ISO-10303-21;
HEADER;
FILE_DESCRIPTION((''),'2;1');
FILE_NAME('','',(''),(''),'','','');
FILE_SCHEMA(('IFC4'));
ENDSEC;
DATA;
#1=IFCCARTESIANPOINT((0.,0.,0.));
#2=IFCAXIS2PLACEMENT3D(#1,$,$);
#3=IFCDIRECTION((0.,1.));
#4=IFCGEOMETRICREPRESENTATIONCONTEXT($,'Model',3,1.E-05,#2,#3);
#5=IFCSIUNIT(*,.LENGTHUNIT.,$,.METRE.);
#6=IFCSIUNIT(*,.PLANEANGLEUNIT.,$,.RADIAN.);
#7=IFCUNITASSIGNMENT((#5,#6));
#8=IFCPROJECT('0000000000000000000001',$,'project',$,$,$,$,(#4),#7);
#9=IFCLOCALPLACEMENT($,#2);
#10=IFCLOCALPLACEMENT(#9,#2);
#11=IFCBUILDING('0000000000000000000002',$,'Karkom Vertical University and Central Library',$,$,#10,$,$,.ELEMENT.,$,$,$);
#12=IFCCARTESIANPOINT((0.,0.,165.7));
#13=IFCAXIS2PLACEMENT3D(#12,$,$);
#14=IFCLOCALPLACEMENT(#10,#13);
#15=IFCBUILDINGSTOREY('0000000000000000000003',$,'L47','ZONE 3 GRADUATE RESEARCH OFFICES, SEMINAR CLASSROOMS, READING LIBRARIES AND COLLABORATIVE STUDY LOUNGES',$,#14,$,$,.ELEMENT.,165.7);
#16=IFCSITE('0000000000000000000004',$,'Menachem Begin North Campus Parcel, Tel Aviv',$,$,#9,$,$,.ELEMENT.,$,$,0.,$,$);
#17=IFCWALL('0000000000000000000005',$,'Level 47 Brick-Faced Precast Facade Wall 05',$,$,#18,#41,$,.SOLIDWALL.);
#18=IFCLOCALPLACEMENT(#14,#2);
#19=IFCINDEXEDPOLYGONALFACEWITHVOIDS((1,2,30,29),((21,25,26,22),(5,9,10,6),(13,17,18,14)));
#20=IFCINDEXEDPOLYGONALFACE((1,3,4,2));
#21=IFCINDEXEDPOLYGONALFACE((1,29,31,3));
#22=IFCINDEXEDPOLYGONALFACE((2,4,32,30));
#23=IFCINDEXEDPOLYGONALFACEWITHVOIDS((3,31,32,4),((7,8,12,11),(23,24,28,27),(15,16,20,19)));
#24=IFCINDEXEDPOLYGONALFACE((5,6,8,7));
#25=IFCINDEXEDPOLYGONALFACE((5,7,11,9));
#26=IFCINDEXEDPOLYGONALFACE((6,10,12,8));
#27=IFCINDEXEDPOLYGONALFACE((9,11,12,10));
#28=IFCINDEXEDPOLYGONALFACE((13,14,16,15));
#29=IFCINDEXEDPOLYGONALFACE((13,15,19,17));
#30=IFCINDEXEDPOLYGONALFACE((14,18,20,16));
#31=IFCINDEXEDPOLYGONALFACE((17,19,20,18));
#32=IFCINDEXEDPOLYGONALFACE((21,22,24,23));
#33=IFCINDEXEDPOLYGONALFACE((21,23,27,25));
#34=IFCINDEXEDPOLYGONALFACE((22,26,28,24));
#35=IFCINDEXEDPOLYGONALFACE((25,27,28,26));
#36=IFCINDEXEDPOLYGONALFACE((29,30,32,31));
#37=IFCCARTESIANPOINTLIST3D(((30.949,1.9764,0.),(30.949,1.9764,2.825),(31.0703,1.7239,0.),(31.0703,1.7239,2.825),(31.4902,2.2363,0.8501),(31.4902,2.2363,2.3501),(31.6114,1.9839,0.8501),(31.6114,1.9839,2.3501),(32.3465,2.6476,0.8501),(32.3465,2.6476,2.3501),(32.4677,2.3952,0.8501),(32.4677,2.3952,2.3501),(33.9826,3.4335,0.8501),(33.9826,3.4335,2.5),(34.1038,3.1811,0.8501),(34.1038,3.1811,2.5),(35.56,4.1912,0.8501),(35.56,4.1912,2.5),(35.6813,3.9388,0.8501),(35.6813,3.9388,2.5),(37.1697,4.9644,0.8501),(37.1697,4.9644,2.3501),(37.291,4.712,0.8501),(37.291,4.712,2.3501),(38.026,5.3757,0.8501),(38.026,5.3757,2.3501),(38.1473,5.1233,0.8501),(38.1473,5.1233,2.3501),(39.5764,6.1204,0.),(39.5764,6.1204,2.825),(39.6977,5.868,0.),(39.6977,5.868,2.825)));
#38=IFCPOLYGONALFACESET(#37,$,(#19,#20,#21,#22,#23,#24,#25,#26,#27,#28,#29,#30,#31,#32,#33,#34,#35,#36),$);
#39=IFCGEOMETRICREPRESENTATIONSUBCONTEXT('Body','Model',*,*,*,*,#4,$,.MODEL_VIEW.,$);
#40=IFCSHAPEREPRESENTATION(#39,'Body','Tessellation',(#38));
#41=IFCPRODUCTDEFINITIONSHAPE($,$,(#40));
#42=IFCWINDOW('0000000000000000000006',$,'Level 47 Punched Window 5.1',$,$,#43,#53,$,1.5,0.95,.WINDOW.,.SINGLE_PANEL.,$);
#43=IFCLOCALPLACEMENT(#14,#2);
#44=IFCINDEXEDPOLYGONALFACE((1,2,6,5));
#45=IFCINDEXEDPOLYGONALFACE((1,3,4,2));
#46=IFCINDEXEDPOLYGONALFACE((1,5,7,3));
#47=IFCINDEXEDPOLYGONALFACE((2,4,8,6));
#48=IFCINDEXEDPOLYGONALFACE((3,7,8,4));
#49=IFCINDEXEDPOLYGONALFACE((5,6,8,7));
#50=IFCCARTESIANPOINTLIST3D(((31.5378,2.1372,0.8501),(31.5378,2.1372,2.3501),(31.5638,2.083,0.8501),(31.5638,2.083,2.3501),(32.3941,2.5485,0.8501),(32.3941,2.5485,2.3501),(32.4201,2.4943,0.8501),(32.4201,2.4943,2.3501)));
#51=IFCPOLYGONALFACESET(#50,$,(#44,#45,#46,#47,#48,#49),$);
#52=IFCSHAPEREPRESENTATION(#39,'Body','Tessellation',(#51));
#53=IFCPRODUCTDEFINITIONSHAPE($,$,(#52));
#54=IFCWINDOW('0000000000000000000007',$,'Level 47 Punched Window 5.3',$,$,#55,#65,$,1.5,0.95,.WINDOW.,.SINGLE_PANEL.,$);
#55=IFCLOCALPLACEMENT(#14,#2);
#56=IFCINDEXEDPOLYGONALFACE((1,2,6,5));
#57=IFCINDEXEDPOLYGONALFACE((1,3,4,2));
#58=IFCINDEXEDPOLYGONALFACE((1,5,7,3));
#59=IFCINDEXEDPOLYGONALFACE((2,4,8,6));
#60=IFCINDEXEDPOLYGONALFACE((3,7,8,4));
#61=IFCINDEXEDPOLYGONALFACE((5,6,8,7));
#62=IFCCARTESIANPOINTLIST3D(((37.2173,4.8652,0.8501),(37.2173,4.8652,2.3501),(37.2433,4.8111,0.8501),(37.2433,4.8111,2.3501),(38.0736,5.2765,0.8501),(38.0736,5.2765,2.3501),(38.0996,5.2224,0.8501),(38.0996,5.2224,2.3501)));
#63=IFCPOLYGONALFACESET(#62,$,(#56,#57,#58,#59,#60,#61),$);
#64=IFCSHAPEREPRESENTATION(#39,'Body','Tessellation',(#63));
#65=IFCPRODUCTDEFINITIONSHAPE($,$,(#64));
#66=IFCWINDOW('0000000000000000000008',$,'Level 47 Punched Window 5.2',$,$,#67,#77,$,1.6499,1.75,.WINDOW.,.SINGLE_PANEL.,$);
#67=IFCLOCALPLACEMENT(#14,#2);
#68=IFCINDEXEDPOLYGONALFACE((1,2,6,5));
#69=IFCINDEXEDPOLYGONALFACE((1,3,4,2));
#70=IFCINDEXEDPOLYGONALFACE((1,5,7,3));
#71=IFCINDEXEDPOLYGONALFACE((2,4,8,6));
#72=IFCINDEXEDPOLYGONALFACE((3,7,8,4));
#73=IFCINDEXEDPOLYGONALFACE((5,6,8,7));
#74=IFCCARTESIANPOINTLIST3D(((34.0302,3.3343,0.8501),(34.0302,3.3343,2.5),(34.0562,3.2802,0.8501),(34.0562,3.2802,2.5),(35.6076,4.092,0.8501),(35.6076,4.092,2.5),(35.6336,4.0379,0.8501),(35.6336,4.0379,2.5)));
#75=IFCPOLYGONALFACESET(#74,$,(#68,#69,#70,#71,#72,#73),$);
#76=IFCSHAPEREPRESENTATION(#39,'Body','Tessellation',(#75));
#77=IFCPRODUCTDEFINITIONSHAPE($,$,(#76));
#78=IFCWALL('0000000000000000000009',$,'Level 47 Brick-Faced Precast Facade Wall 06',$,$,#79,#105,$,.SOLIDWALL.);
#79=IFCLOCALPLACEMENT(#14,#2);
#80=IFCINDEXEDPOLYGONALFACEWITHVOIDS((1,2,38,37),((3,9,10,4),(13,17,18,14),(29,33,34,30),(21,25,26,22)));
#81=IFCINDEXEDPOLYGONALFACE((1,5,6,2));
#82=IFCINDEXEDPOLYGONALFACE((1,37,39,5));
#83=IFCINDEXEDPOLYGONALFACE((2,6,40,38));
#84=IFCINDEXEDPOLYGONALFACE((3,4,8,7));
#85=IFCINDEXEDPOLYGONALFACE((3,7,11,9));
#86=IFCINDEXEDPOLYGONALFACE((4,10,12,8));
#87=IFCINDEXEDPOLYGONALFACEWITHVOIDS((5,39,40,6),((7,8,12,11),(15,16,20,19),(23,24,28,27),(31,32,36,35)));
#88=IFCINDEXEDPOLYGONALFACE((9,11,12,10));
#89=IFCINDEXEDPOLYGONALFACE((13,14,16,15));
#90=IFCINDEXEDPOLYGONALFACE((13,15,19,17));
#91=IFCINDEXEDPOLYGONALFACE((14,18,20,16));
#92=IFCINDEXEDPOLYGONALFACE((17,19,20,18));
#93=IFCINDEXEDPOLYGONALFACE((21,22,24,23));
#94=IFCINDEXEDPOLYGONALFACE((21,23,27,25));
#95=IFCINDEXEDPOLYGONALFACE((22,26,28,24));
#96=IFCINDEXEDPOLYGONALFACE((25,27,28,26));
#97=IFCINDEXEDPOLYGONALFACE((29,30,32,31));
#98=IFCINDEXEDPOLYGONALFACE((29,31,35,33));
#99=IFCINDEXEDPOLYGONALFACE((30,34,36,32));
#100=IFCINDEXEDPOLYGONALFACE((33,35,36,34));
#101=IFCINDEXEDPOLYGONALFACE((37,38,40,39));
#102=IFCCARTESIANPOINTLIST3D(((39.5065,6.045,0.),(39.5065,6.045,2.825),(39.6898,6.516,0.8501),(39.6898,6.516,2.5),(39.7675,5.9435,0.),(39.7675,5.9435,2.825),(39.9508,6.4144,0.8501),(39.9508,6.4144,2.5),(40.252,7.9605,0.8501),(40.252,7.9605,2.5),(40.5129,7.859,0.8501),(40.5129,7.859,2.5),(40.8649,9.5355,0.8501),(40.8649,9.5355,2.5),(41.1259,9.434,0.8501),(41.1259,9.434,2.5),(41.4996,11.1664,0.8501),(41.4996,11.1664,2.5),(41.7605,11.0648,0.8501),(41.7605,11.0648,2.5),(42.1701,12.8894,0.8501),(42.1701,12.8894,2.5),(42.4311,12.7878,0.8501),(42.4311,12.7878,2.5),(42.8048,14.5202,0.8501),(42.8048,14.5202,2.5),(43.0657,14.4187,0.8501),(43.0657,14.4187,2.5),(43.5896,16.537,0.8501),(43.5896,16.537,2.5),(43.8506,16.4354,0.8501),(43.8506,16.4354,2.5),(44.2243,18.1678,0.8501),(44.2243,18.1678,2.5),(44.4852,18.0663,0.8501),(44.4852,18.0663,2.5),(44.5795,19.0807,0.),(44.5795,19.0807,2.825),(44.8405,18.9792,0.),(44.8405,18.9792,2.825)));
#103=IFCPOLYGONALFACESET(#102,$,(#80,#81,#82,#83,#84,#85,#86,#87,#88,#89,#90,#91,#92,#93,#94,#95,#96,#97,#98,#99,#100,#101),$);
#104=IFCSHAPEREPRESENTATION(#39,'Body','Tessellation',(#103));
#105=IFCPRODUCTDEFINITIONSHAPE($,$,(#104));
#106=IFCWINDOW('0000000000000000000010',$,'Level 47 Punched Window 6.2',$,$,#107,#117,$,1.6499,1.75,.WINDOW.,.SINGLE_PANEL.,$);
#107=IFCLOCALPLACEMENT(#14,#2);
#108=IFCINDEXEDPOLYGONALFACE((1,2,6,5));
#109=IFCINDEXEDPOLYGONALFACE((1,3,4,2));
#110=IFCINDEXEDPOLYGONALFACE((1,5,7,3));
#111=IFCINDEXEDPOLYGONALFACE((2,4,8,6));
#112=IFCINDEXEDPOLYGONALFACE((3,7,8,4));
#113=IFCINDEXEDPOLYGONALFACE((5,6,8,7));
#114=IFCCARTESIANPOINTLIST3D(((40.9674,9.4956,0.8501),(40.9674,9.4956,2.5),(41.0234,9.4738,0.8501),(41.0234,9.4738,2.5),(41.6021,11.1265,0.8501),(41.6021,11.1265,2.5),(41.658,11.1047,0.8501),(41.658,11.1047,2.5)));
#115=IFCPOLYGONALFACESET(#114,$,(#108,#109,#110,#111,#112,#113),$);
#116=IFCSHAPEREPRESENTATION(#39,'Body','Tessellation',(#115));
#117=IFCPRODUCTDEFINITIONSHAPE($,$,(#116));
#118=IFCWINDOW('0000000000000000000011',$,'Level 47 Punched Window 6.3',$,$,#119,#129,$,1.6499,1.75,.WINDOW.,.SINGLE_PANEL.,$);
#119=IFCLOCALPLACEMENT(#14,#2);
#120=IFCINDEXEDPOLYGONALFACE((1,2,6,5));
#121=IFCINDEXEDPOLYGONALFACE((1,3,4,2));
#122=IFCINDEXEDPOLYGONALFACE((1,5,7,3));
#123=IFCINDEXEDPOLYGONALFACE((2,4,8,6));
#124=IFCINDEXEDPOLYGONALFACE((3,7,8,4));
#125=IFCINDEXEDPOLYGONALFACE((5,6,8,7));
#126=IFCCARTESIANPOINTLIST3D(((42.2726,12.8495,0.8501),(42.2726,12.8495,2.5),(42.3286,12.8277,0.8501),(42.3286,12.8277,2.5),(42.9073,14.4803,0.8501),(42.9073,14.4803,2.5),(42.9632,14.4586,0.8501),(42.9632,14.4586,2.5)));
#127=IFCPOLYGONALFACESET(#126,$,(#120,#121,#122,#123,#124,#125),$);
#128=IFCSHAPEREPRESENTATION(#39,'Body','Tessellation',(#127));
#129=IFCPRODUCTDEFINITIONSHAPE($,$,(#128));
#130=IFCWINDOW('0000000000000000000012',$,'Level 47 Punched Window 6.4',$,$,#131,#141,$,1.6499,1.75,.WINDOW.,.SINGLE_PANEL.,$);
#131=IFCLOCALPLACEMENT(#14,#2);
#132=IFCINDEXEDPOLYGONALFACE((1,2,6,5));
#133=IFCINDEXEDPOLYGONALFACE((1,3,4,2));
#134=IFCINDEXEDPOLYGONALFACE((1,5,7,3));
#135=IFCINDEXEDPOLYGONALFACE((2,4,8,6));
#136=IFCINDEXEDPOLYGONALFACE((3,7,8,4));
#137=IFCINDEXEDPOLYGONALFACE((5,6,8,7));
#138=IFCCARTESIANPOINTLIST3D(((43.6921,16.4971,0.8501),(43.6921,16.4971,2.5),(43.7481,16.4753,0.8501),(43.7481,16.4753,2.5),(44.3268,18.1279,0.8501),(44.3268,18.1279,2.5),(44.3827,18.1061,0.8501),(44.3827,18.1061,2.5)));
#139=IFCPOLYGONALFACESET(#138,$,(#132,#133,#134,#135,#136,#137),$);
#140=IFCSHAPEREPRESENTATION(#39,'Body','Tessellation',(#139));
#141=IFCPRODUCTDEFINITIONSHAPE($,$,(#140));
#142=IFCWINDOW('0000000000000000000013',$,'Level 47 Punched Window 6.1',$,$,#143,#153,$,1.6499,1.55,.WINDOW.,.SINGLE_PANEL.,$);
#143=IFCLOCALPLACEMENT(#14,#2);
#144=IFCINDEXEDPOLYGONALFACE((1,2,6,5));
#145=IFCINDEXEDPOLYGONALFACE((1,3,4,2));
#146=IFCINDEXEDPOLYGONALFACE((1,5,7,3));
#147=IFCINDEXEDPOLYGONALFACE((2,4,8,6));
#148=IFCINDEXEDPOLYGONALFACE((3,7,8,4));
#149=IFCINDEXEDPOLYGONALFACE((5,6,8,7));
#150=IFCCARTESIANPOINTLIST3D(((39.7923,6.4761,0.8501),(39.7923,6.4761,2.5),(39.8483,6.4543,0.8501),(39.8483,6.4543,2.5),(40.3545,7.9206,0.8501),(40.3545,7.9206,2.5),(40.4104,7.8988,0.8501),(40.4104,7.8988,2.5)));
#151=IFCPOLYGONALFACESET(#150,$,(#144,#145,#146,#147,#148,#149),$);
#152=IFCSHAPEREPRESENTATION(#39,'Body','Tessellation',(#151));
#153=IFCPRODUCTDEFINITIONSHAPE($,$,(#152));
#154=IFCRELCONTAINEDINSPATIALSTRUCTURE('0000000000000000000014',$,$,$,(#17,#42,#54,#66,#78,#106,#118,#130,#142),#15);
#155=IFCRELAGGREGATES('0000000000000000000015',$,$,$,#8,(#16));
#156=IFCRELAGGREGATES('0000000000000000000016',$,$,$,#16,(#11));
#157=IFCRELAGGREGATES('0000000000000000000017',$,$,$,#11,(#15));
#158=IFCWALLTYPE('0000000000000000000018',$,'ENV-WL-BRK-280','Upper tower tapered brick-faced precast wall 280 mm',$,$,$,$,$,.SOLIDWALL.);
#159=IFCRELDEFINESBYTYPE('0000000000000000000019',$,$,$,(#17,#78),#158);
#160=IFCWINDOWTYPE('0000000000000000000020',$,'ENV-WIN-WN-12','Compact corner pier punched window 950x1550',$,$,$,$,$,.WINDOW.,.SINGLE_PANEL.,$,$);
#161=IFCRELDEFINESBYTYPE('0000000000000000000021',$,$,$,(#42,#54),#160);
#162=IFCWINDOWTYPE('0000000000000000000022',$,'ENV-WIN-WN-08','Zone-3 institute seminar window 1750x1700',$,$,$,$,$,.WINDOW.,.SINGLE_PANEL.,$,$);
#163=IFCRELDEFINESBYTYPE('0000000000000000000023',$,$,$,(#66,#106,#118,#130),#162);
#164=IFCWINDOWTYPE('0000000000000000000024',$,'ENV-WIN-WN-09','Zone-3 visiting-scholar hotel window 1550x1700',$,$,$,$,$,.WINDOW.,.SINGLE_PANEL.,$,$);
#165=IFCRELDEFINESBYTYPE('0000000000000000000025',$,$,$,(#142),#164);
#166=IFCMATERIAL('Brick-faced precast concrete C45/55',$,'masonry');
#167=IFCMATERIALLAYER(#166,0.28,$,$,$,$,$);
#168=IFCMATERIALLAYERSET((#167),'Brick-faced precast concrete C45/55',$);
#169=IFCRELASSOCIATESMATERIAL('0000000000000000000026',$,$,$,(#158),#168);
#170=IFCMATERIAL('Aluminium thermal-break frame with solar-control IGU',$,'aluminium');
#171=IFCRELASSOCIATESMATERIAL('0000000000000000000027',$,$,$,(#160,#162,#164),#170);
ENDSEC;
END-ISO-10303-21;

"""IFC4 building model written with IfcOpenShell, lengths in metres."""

from ifc_helpers import new_model, si_unit, direction, frame, frame_2d, origin, origin_with_axes, place, context, subcontext, project, spatial, rectangle, extrude, source, transform, mapped, material, layer, layer_set, type_object, element, fill, save


model = new_model("IFC4")

# Units and contexts
model_context = context("Model", 3, precision=1e-05, world=origin(), true_north=direction((0.0, 1.0)))
body_context = subcontext(model_context, "Body", "Model", "MODEL_VIEW")
ifc_project = project(units=[si_unit("LENGTHUNIT", "METRE"), si_unit("PLANEANGLEUNIT", "RADIAN")], contexts=[model_context])

# Site, building, storey
site_placement = place(None, origin())
site = spatial("IfcSite", under=ifc_project, at=site_placement, Name="Menachem Begin North Campus Parcel, Tel Aviv", CompositionType="ELEMENT", RefElevation=0.0)
building_placement = place(site_placement, origin())
building = spatial("IfcBuilding", under=site, at=building_placement, Name="Karkom Vertical University and Central Library", CompositionType="ELEMENT")
storey_placement = place(building_placement, frame((0.0, 0.0, 165.7)))
storey = spatial("IfcBuildingStorey", under=building, at=storey_placement, Name="L47", Description="ZONE 3 GRADUATE RESEARCH OFFICES, SEMINAR CLASSROOMS, READING LIBRARIES AND COLLABORATIVE STUDY LOUNGES", CompositionType="ELEMENT", Elevation=165.7)

# Walls, openings, windows
ifc_material_1 = material(Name="Brick-faced precast concrete C45/55", Category="masonry")
ifc_layer_1 = layer(ifc_material_1, 0.28)
ifc_layer_set_1 = layer_set([ifc_layer_1], Name="Brick-faced precast concrete C45/55")
wall_type_1 = type_object("IfcWallType", Name="ENV-WL-BRK-280", Description="Upper tower tapered brick-faced precast wall 280 mm", PredefinedType="SOLIDWALL", material=ifc_layer_set_1)
wall_1_placement = place(storey_placement, frame((31.0095, 1.8501, 0.0), z_axis=(0.0, 0.0, 1.0), x_axis=(0.901406, 0.432975, 0.0)))
wall_1 = element("IfcWall", 1, at=wall_1_placement, inside=storey, type_object=wall_type_1, Name="Level 47 Brick-Faced Precast Facade Wall 05", PredefinedType="SOLIDWALL", context=body_context, shape_type="SweptSolid", body=[
    extrude(rectangle(XDim=9.571, YDim=0.28, at=frame_2d((4.7856, 0.0))), origin(), (0.0, 0.0, 1.0), 2.825),
])
opening_1_placement = place(wall_1_placement, frame((0.6003, 0.0, 0.8501)))
opening_1 = element("IfcOpeningElement", 2, at=opening_1_placement, cuts=wall_1, PredefinedType="OPENING", context=body_context, shape_type="SweptSolid", body=[
    extrude(rectangle(XDim=0.95, YDim=1.5, at=frame_2d((0.4751, 0.75))), frame((0.0, 0.1499, 0.0), z_axis=(0.0, -1.0, 0.0), x_axis=(1.0, 0.0, 0.0)), (0.0, 0.0, 1.0), 0.3),
])
opening_2_placement = place(wall_1_placement, frame((3.3655, 0.0, 0.8501)))
opening_2 = element("IfcOpeningElement", 3, at=opening_2_placement, cuts=wall_1, PredefinedType="OPENING", context=body_context, shape_type="SweptSolid", body=[
    extrude(rectangle(XDim=1.75, YDim=1.6499, at=frame_2d((0.875, 0.825))), frame((0.0, 0.1499, 0.0), z_axis=(0.0, -1.0, 0.0), x_axis=(1.0, 0.0, 0.0)), (0.0, 0.0, 1.0), 0.3),
])
opening_3_placement = place(wall_1_placement, frame((6.9011, 0.0, 0.8501)))
opening_3 = element("IfcOpeningElement", 4, at=opening_3_placement, cuts=wall_1, PredefinedType="OPENING", context=body_context, shape_type="SweptSolid", body=[
    extrude(rectangle(XDim=0.95, YDim=1.5, at=frame_2d((0.4751, 0.75))), frame((0.0, 0.1499, 0.0), z_axis=(0.0, -1.0, 0.0), x_axis=(1.0, 0.0, 0.0)), (0.0, 0.0, 1.0), 0.3),
])
ifc_material_2 = material(Name="Aluminium thermal-break frame with solar-control IGU", Category="aluminium")
window_type_1 = type_object("IfcWindowType", Name="ENV-WIN-WN-12", Description="Compact corner pier punched window 950x1550", PartitioningType="SINGLE_PANEL", PredefinedType="WINDOW", material=ifc_material_2)
shared_shape_1 = source(origin_with_axes(), body_context, "Body", "SweptSolid", [
    extrude(rectangle(XDim=0.95, YDim=1.5, at=frame_2d((0.4751, 0.75))), frame((0.0, 0.03, 0.0), z_axis=(0.0, -1.0, 0.0), x_axis=(1.0, 0.0, 0.0)), (0.0, 0.0, 1.0), 0.0601),
])
window_1_placement = place(opening_1_placement, origin())
window_1 = element("IfcWindow", 5, at=window_1_placement, inside=storey, type_object=window_type_1, Name="Level 47 Punched Window 5.1", OverallHeight=1.5, OverallWidth=0.95, PartitioningType="SINGLE_PANEL", PredefinedType="WINDOW", context=body_context, shape_type="MappedRepresentation", body=[
    mapped(shared_shape_1, transform((0.0, 0.0, 0.0), scale=1.0)),
])
fill(opening_1, window_1)
window_2_placement = place(opening_3_placement, origin())
window_2 = element("IfcWindow", 6, at=window_2_placement, inside=storey, type_object=window_type_1, Name="Level 47 Punched Window 5.3", OverallHeight=1.5, OverallWidth=0.95, PartitioningType="SINGLE_PANEL", PredefinedType="WINDOW", context=body_context, shape_type="MappedRepresentation", body=[
    mapped(shared_shape_1, transform((0.0, 0.0, 0.0), scale=1.0)),
])
fill(opening_3, window_2)
window_type_2 = type_object("IfcWindowType", Name="ENV-WIN-WN-08", Description="Zone-3 institute seminar window 1750x1700", PartitioningType="SINGLE_PANEL", PredefinedType="WINDOW", material=ifc_material_2)
shared_shape_2 = source(origin_with_axes(), body_context, "Body", "SweptSolid", [
    extrude(rectangle(XDim=1.75, YDim=1.6499, at=frame_2d((0.875, 0.825))), frame((0.0, 0.03, 0.0), z_axis=(0.0, -1.0, 0.0), x_axis=(1.0, 0.0, 0.0)), (0.0, 0.0, 1.0), 0.0601),
])
window_3_placement = place(opening_2_placement, origin())
window_3 = element("IfcWindow", 7, at=window_3_placement, inside=storey, type_object=window_type_2, Name="Level 47 Punched Window 5.2", OverallHeight=1.6499, OverallWidth=1.75, PartitioningType="SINGLE_PANEL", PredefinedType="WINDOW", context=body_context, shape_type="MappedRepresentation", body=[
    mapped(shared_shape_2, transform((0.0, 0.0, 0.0), scale=1.0)),
])
fill(opening_2, window_3)
wall_2_placement = place(storey_placement, frame((39.637, 5.9941, 0.0), z_axis=(0.0, 0.0, 1.0), x_axis=(0.362669, 0.931918, 0.0)))
wall_2 = element("IfcWall", 8, at=wall_2_placement, inside=storey, type_object=wall_type_1, Name="Level 47 Brick-Faced Precast Facade Wall 06", PredefinedType="SOLIDWALL", context=body_context, shape_type="SweptSolid", body=[
    extrude(rectangle(XDim=13.988, YDim=0.28, at=frame_2d((6.9941, 0.0))), origin(), (0.0, 0.0, 1.0), 2.825),
])
opening_4_placement = place(wall_2_placement, frame((0.5056, 0.0, 0.8501)))
opening_4 = element("IfcOpeningElement", 9, at=opening_4_placement, cuts=wall_2, PredefinedType="OPENING", context=body_context, shape_type="SweptSolid", body=[
    extrude(rectangle(XDim=1.55, YDim=1.6499, at=frame_2d((0.7749, 0.825))), frame((0.0, 0.1499, 0.0), z_axis=(0.0, -1.0, 0.0), x_axis=(1.0, 0.0, 0.0)), (0.0, 0.0, 1.0), 0.3),
])
opening_5_placement = place(wall_2_placement, frame((3.7456, 0.0, 0.8501)))
opening_5 = element("IfcOpeningElement", 10, at=opening_5_placement, cuts=wall_2, PredefinedType="OPENING", context=body_context, shape_type="SweptSolid", body=[
    extrude(rectangle(XDim=1.75, YDim=1.6499, at=frame_2d((0.875, 0.825))), frame((0.0, 0.1499, 0.0), z_axis=(0.0, -1.0, 0.0), x_axis=(1.0, 0.0, 0.0)), (0.0, 0.0, 1.0), 0.3),
])
opening_6_placement = place(wall_2_placement, frame((7.3445, 0.0, 0.8501)))
opening_6 = element("IfcOpeningElement", 11, at=opening_6_placement, cuts=wall_2, PredefinedType="OPENING", context=body_context, shape_type="SweptSolid", body=[
    extrude(rectangle(XDim=1.75, YDim=1.6499, at=frame_2d((0.875, 0.825))), frame((0.0, 0.1499, 0.0), z_axis=(0.0, -1.0, 0.0), x_axis=(1.0, 0.0, 0.0)), (0.0, 0.0, 1.0), 0.3),
])
opening_7_placement = place(wall_2_placement, frame((11.2585, 0.0, 0.8501)))
opening_7 = element("IfcOpeningElement", 12, at=opening_7_placement, cuts=wall_2, PredefinedType="OPENING", context=body_context, shape_type="SweptSolid", body=[
    extrude(rectangle(XDim=1.75, YDim=1.6499, at=frame_2d((0.875, 0.825))), frame((0.0, 0.1499, 0.0), z_axis=(0.0, -1.0, 0.0), x_axis=(1.0, 0.0, 0.0)), (0.0, 0.0, 1.0), 0.3),
])
window_4_placement = place(opening_5_placement, origin())
window_4 = element("IfcWindow", 13, at=window_4_placement, inside=storey, type_object=window_type_2, Name="Level 47 Punched Window 6.2", OverallHeight=1.6499, OverallWidth=1.75, PartitioningType="SINGLE_PANEL", PredefinedType="WINDOW", context=body_context, shape_type="MappedRepresentation", body=[
    mapped(shared_shape_2, transform((0.0, 0.0, 0.0), scale=1.0)),
])
fill(opening_5, window_4)
window_5_placement = place(opening_6_placement, origin())
window_5 = element("IfcWindow", 14, at=window_5_placement, inside=storey, type_object=window_type_2, Name="Level 47 Punched Window 6.3", OverallHeight=1.6499, OverallWidth=1.75, PartitioningType="SINGLE_PANEL", PredefinedType="WINDOW", context=body_context, shape_type="MappedRepresentation", body=[
    mapped(shared_shape_2, transform((0.0, 0.0, 0.0), scale=1.0)),
])
fill(opening_6, window_5)
window_6_placement = place(opening_7_placement, origin())
window_6 = element("IfcWindow", 15, at=window_6_placement, inside=storey, type_object=window_type_2, Name="Level 47 Punched Window 6.4", OverallHeight=1.6499, OverallWidth=1.75, PartitioningType="SINGLE_PANEL", PredefinedType="WINDOW", context=body_context, shape_type="MappedRepresentation", body=[
    mapped(shared_shape_2, transform((0.0, 0.0, 0.0), scale=1.0)),
])
fill(opening_7, window_6)
window_type_3 = type_object("IfcWindowType", Name="ENV-WIN-WN-09", Description="Zone-3 visiting-scholar hotel window 1550x1700", PartitioningType="SINGLE_PANEL", PredefinedType="WINDOW", material=ifc_material_2)
shared_shape_3 = source(origin_with_axes(), body_context, "Body", "SweptSolid", [
    extrude(rectangle(XDim=1.55, YDim=1.6499, at=frame_2d((0.7749, 0.825))), frame((0.0, 0.03, 0.0), z_axis=(0.0, -1.0, 0.0), x_axis=(1.0, 0.0, 0.0)), (0.0, 0.0, 1.0), 0.0601),
])
window_7_placement = place(opening_4_placement, origin())
window_7 = element("IfcWindow", 16, at=window_7_placement, inside=storey, type_object=window_type_3, Name="Level 47 Punched Window 6.1", OverallHeight=1.6499, OverallWidth=1.55, PartitioningType="SINGLE_PANEL", PredefinedType="WINDOW", context=body_context, shape_type="MappedRepresentation", body=[
    mapped(shared_shape_3, transform((0.0, 0.0, 0.0), scale=1.0)),
])
fill(opening_4, window_7)

save(model, "model.ifc")
